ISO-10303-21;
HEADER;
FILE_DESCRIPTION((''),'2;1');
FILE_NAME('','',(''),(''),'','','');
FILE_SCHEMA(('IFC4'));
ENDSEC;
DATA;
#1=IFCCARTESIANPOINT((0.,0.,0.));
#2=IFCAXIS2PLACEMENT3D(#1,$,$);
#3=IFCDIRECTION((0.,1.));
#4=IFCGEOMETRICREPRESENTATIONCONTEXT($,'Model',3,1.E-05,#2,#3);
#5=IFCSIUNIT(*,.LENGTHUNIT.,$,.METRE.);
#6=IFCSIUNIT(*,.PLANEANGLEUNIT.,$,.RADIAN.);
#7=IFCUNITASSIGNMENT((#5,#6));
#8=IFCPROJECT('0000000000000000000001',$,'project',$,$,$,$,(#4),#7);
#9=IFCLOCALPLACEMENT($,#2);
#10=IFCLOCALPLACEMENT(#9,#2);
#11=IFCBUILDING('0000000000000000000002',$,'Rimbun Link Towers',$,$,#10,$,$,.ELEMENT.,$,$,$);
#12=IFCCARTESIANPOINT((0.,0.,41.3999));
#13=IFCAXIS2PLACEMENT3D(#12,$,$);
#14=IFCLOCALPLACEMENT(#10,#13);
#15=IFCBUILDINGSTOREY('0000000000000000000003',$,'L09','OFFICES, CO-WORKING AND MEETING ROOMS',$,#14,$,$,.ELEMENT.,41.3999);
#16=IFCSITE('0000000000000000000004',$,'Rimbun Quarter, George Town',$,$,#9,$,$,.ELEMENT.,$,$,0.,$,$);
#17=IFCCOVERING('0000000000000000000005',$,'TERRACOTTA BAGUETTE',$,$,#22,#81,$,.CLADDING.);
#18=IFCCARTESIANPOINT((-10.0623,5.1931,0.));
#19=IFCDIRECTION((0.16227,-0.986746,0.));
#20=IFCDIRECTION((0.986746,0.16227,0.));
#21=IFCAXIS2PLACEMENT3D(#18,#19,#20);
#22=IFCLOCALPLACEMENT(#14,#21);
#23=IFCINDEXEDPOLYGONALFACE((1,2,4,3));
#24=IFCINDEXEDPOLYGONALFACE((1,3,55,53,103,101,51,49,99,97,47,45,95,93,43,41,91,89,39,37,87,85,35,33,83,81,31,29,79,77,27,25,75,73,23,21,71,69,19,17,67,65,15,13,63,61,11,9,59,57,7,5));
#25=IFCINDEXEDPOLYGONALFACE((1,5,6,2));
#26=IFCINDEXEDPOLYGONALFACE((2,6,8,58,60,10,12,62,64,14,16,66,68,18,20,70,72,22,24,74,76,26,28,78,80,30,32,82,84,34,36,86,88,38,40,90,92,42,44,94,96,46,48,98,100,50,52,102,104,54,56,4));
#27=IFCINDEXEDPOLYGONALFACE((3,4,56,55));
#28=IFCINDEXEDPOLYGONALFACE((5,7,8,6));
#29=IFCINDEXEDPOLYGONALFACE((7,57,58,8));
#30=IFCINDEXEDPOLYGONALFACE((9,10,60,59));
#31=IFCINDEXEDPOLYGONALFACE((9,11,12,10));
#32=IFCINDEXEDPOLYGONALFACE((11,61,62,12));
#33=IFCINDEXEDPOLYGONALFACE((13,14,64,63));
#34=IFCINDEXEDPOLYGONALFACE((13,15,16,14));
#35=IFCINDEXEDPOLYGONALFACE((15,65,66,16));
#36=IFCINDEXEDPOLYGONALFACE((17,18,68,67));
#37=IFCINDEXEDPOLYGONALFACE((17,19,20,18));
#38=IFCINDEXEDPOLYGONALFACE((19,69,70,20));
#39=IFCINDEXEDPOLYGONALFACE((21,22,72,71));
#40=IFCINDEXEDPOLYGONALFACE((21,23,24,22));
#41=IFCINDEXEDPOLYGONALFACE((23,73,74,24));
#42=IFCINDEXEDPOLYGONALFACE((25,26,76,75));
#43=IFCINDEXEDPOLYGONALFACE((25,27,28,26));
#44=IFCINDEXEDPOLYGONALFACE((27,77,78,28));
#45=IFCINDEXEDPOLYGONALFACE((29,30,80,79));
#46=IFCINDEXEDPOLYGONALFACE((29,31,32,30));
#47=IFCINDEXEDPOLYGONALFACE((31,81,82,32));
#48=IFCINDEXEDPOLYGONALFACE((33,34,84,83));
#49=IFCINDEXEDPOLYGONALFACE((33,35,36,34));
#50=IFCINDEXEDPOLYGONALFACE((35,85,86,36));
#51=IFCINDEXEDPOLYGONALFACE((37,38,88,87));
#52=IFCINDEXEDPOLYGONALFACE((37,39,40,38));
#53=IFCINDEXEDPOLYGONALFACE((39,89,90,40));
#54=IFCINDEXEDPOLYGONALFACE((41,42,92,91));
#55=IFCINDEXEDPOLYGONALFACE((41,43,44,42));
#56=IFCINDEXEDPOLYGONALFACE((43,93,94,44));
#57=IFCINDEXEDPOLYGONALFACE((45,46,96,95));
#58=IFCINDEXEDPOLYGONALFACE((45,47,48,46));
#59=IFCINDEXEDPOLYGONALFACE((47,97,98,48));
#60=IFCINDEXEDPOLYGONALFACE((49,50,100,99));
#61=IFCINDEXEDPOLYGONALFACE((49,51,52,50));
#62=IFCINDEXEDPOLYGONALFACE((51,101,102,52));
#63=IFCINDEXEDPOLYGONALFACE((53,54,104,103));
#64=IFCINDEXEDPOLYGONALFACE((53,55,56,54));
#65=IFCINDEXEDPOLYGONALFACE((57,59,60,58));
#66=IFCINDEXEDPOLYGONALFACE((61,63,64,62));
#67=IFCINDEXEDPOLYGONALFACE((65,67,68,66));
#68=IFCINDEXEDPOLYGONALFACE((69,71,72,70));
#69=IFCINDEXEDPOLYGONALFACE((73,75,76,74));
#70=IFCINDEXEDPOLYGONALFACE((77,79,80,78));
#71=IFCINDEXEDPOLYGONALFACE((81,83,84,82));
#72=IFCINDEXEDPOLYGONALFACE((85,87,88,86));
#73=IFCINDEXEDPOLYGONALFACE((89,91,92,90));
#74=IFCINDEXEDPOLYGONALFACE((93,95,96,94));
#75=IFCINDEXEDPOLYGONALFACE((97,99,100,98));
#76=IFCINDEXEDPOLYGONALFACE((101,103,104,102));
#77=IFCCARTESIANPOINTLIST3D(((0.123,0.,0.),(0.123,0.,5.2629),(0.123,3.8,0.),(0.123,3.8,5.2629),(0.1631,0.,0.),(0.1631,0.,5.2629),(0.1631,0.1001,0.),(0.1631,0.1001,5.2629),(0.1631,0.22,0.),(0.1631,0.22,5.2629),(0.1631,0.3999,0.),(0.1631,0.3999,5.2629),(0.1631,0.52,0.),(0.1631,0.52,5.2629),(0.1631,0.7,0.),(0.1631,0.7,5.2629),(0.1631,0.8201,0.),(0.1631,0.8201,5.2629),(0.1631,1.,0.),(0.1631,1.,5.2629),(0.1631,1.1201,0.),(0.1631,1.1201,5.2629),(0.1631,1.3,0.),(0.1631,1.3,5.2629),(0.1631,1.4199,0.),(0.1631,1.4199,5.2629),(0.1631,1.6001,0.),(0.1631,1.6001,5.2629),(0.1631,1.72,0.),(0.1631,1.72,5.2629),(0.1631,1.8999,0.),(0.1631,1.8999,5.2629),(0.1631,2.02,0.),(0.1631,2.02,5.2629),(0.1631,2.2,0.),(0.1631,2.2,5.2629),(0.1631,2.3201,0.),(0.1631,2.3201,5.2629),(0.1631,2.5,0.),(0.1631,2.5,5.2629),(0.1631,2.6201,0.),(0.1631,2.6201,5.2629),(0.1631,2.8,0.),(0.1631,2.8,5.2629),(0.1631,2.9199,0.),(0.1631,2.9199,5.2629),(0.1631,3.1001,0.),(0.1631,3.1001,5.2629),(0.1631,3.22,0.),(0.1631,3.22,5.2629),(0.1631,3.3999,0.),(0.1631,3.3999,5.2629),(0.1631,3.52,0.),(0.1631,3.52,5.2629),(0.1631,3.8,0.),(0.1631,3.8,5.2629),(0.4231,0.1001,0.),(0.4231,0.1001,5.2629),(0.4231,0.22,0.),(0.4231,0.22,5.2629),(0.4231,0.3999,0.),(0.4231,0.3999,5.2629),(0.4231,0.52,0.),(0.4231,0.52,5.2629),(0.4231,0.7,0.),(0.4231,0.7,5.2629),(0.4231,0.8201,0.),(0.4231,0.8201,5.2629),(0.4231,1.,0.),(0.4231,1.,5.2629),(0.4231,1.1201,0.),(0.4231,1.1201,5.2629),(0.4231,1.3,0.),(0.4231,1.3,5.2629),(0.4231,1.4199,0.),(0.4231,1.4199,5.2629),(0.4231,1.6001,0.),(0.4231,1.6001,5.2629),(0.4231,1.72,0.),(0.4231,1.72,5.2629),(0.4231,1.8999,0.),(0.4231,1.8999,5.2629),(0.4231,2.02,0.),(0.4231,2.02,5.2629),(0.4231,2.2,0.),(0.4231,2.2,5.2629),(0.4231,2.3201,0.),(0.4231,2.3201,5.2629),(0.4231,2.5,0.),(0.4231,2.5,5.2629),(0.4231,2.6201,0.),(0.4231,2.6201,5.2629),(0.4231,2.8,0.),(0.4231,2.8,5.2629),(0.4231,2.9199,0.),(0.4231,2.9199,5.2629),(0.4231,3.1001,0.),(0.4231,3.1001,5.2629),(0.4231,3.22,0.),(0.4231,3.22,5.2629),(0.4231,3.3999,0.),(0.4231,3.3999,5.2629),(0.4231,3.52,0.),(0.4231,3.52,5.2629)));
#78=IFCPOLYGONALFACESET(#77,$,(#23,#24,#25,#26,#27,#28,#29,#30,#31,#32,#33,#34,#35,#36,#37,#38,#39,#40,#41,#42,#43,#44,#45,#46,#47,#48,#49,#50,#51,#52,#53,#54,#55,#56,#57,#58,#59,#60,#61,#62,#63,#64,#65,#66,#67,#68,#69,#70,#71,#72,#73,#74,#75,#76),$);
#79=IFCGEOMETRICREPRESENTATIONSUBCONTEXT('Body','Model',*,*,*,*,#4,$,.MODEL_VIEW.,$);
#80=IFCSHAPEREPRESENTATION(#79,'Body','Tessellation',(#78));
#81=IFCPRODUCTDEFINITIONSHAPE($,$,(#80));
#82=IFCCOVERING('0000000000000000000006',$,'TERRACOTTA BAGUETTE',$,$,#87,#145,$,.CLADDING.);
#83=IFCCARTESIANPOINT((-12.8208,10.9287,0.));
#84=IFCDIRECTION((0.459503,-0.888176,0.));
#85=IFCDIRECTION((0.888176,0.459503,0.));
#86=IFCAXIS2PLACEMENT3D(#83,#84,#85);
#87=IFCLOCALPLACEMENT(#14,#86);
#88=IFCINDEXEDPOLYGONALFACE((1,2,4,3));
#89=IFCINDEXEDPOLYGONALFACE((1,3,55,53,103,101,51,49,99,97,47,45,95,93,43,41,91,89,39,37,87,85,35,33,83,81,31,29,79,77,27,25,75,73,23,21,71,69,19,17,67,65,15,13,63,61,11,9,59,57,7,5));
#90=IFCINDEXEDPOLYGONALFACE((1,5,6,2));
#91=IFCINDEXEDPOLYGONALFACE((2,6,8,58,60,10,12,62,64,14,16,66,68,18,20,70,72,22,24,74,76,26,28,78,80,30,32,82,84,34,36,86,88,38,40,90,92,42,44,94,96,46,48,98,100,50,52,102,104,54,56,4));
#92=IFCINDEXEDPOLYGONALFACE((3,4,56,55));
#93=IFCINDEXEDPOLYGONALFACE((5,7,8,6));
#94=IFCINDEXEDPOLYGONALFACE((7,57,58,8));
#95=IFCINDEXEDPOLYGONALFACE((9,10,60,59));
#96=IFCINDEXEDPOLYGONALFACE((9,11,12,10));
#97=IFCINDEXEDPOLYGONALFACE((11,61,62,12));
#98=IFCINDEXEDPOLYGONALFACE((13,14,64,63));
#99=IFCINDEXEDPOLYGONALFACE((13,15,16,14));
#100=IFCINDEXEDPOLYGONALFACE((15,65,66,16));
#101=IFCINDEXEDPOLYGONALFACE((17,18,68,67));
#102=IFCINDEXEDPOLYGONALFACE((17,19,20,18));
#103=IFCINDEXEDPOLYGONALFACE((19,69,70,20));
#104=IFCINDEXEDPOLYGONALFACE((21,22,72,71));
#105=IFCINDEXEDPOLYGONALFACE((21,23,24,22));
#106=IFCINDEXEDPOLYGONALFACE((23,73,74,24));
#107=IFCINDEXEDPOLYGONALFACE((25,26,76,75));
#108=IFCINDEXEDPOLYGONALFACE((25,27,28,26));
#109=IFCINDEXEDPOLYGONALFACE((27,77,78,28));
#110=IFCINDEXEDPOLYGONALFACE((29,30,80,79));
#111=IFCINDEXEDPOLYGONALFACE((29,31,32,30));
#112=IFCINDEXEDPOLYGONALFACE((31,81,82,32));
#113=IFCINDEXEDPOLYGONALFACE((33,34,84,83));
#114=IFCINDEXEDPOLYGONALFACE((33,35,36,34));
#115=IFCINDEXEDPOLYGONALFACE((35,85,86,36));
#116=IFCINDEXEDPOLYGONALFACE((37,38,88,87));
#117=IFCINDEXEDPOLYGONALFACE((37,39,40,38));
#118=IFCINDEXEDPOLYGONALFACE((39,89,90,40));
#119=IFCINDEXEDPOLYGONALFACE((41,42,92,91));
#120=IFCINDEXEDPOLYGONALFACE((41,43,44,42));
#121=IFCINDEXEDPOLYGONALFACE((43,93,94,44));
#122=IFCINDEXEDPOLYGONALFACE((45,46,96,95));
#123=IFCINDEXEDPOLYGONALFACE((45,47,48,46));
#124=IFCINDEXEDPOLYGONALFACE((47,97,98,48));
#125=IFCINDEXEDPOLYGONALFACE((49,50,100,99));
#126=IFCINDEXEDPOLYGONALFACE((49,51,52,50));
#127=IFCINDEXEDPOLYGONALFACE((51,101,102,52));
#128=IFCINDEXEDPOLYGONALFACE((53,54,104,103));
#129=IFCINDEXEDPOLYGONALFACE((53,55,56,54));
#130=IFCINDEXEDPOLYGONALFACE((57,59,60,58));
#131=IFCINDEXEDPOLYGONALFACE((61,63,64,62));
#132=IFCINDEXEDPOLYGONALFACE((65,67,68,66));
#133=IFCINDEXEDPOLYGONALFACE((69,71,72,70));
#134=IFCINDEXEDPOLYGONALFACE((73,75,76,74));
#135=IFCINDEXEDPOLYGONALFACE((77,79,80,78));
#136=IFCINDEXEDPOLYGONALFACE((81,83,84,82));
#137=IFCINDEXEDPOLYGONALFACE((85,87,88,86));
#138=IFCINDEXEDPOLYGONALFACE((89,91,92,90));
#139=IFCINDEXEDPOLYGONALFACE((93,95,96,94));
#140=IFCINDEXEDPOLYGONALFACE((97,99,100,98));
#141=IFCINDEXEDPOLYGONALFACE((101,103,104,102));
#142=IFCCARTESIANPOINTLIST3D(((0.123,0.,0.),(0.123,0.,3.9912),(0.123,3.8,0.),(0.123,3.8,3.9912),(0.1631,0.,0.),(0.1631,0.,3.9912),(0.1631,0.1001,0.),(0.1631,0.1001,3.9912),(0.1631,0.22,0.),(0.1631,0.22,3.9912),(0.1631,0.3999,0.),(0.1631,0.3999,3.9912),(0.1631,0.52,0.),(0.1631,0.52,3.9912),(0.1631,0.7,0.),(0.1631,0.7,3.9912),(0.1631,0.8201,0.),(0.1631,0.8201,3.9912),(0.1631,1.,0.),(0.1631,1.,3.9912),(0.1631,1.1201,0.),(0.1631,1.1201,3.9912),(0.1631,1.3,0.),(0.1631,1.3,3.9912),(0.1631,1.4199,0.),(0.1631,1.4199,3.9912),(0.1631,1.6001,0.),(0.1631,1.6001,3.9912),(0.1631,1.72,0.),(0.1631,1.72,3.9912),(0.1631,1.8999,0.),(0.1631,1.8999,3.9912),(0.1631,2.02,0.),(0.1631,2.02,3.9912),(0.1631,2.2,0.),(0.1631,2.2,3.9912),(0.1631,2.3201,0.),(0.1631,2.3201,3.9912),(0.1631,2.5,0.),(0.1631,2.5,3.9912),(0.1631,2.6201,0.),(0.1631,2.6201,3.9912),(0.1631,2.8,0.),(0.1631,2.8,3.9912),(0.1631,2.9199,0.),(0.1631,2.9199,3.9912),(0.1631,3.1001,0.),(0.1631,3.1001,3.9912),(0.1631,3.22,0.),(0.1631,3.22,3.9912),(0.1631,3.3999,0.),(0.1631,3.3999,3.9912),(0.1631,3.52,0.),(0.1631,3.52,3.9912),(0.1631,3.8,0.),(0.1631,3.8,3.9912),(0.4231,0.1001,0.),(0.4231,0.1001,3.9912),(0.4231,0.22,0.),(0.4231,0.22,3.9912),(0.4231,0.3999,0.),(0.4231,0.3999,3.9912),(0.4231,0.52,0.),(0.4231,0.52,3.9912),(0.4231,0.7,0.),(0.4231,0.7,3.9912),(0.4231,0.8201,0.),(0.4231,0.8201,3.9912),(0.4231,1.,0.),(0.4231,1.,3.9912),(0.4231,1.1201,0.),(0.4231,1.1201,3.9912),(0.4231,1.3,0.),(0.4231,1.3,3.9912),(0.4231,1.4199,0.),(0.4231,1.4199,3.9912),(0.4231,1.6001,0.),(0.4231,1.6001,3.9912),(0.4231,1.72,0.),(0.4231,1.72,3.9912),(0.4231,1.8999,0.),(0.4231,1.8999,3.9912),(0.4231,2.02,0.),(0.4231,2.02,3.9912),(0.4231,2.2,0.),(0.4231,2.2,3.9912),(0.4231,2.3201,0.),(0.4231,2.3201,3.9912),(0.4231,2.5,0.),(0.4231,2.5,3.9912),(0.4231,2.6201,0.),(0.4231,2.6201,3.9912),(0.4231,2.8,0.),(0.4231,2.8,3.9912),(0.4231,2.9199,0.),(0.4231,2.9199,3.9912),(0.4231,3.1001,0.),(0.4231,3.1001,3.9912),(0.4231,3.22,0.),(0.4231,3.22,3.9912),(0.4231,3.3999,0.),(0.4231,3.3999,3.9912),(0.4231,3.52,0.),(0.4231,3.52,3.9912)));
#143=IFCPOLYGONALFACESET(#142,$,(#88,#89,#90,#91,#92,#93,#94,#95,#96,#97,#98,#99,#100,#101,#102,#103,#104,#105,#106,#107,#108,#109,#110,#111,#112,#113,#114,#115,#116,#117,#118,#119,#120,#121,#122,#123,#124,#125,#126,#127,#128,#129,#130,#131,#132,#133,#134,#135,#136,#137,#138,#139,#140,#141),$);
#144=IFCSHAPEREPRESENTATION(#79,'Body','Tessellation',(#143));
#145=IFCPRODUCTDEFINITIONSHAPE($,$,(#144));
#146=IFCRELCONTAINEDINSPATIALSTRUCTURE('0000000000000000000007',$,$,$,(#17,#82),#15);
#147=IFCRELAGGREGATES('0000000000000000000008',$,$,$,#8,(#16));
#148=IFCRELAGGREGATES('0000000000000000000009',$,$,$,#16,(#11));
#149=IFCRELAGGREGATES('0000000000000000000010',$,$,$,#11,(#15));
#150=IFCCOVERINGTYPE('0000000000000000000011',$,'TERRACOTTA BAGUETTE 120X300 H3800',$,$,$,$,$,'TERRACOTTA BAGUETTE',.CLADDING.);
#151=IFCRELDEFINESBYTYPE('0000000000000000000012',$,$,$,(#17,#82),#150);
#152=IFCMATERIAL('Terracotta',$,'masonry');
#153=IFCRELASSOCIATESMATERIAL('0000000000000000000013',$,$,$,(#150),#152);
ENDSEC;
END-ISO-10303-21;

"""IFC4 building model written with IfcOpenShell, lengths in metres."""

from ifc_helpers import new_model, si_unit, direction, frame, origin, place, context, subcontext, project, spatial, polyline, outline, extrude, material, material_profile, profile_set, type_object, element, save


model = new_model("IFC4")

# Units and contexts
model_context = context("Model", 3, precision=1e-05, world=origin(), true_north=direction((0.0, 1.0)))
body_context = subcontext(model_context, "Body", "Model", "MODEL_VIEW")
ifc_project = project(units=[si_unit("LENGTHUNIT", "METRE"), si_unit("PLANEANGLEUNIT", "RADIAN")], contexts=[model_context])

# Site, building, storey
site_placement = place(None, origin())
site = spatial("IfcSite", under=ifc_project, at=site_placement, Name="Rimbun Quarter, George Town", CompositionType="ELEMENT", RefElevation=0.0)
building_placement = place(site_placement, origin())
building = spatial("IfcBuilding", under=site, at=building_placement, Name="Rimbun Link Towers", CompositionType="ELEMENT")
storey_placement = place(building_placement, frame((0.0, 0.0, 41.3999)))
storey = spatial("IfcBuildingStorey", under=building, at=storey_placement, Name="L09", Description="OFFICES, CO-WORKING AND MEETING ROOMS", CompositionType="ELEMENT", Elevation=41.3999)

# Coverings
ifc_material_1 = material(Name="Terracotta", Category="masonry")
ifc_material_profile_1 = material_profile(ifc_material_1, outline(polyline([(0.123, 0.0), (0.1631, 0.0), (0.1631, 0.1001), (0.4231, 0.1001), (0.4231, 0.22), (0.1631, 0.22), (0.1631, 0.3999), (0.4231, 0.3999), (0.4231, 0.52), (0.1631, 0.52), (0.1631, 0.7), (0.4231, 0.7), (0.4231, 0.8201), (0.1631, 0.8201), (0.1631, 1.0), (0.4231, 1.0), (0.4231, 1.1201), (0.1631, 1.1201), (0.1631, 1.3), (0.4231, 1.3), (0.4231, 1.4199), (0.1631, 1.4199), (0.1631, 1.6001), (0.4231, 1.6001), (0.4231, 1.72), (0.1631, 1.72), (0.1631, 1.8999), (0.4231, 1.8999), (0.4231, 2.02), (0.1631, 2.02), (0.1631, 2.2), (0.4231, 2.2), (0.4231, 2.3201), (0.1631, 2.3201), (0.1631, 2.5), (0.4231, 2.5), (0.4231, 2.6201), (0.1631, 2.6201), (0.1631, 2.8), (0.4231, 2.8), (0.4231, 2.9199), (0.1631, 2.9199), (0.1631, 3.1001), (0.4231, 3.1001), (0.4231, 3.22), (0.1631, 3.22), (0.1631, 3.3999), (0.4231, 3.3999), (0.4231, 3.52), (0.1631, 3.52), (0.1631, 3.8), (0.123, 3.8), (0.123, 0.0)])), Name="BAGUETTE 120X300")
ifc_profile_set_1 = profile_set([ifc_material_profile_1], Name="Terracotta")
covering_type_1 = type_object("IfcCoveringType", Name="TERRACOTTA BAGUETTE 120X300 H3800", ElementType="TERRACOTTA BAGUETTE", PredefinedType="CLADDING", material=ifc_profile_set_1)
covering_1_placement = place(storey_placement, frame((-10.0623, 5.1931, 0.0), z_axis=(0.16227, -0.986746, 0.0), x_axis=(0.986746, 0.16227, 0.0)))
element("IfcCovering", 1, at=covering_1_placement, inside=storey, type_object=covering_type_1, Name="TERRACOTTA BAGUETTE", PredefinedType="CLADDING", context=body_context, shape_type="SweptSolid", body=[
    extrude(outline(polyline([(0.123, 0.0), (0.1631, 0.0), (0.1631, 0.1001), (0.4231, 0.1001), (0.4231, 0.22), (0.1631, 0.22), (0.1631, 0.3999), (0.4231, 0.3999), (0.4231, 0.52), (0.1631, 0.52), (0.1631, 0.7), (0.4231, 0.7), (0.4231, 0.8201), (0.1631, 0.8201), (0.1631, 1.0), (0.4231, 1.0), (0.4231, 1.1201), (0.1631, 1.1201), (0.1631, 1.3), (0.4231, 1.3), (0.4231, 1.4199), (0.1631, 1.4199), (0.1631, 1.6001), (0.4231, 1.6001), (0.4231, 1.72), (0.1631, 1.72), (0.1631, 1.8999), (0.4231, 1.8999), (0.4231, 2.02), (0.1631, 2.02), (0.1631, 2.2), (0.4231, 2.2), (0.4231, 2.3201), (0.1631, 2.3201), (0.1631, 2.5), (0.4231, 2.5), (0.4231, 2.6201), (0.1631, 2.6201), (0.1631, 2.8), (0.4231, 2.8), (0.4231, 2.9199), (0.1631, 2.9199), (0.1631, 3.1001), (0.4231, 3.1001), (0.4231, 3.22), (0.1631, 3.22), (0.1631, 3.3999), (0.4231, 3.3999), (0.4231, 3.52), (0.1631, 3.52), (0.1631, 3.8), (0.123, 3.8), (0.123, 0.0)])), origin(), (0.0, 0.0, 1.0), 5.2629),
])
covering_2_placement = place(storey_placement, frame((-12.8208, 10.9287, 0.0), z_axis=(0.459503, -0.888176, 0.0), x_axis=(0.888176, 0.459503, 0.0)))
element("IfcCovering", 2, at=covering_2_placement, inside=storey, type_object=covering_type_1, Name="TERRACOTTA BAGUETTE", PredefinedType="CLADDING", context=body_context, shape_type="SweptSolid", body=[
    extrude(outline(polyline([(0.123, 0.0), (0.1631, 0.0), (0.1631, 0.1001), (0.4231, 0.1001), (0.4231, 0.22), (0.1631, 0.22), (0.1631, 0.3999), (0.4231, 0.3999), (0.4231, 0.52), (0.1631, 0.52), (0.1631, 0.7), (0.4231, 0.7), (0.4231, 0.8201), (0.1631, 0.8201), (0.1631, 1.0), (0.4231, 1.0), (0.4231, 1.1201), (0.1631, 1.1201), (0.1631, 1.3), (0.4231, 1.3), (0.4231, 1.4199), (0.1631, 1.4199), (0.1631, 1.6001), (0.4231, 1.6001), (0.4231, 1.72), (0.1631, 1.72), (0.1631, 1.8999), (0.4231, 1.8999), (0.4231, 2.02), (0.1631, 2.02), (0.1631, 2.2), (0.4231, 2.2), (0.4231, 2.3201), (0.1631, 2.3201), (0.1631, 2.5), (0.4231, 2.5), (0.4231, 2.6201), (0.1631, 2.6201), (0.1631, 2.8), (0.4231, 2.8), (0.4231, 2.9199), (0.1631, 2.9199), (0.1631, 3.1001), (0.4231, 3.1001), (0.4231, 3.22), (0.1631, 3.22), (0.1631, 3.3999), (0.4231, 3.3999), (0.4231, 3.52), (0.1631, 3.52), (0.1631, 3.8), (0.123, 3.8), (0.123, 0.0)])), origin(), (0.0, 0.0, 1.0), 3.9912),
])

save(model, "model.ifc")
